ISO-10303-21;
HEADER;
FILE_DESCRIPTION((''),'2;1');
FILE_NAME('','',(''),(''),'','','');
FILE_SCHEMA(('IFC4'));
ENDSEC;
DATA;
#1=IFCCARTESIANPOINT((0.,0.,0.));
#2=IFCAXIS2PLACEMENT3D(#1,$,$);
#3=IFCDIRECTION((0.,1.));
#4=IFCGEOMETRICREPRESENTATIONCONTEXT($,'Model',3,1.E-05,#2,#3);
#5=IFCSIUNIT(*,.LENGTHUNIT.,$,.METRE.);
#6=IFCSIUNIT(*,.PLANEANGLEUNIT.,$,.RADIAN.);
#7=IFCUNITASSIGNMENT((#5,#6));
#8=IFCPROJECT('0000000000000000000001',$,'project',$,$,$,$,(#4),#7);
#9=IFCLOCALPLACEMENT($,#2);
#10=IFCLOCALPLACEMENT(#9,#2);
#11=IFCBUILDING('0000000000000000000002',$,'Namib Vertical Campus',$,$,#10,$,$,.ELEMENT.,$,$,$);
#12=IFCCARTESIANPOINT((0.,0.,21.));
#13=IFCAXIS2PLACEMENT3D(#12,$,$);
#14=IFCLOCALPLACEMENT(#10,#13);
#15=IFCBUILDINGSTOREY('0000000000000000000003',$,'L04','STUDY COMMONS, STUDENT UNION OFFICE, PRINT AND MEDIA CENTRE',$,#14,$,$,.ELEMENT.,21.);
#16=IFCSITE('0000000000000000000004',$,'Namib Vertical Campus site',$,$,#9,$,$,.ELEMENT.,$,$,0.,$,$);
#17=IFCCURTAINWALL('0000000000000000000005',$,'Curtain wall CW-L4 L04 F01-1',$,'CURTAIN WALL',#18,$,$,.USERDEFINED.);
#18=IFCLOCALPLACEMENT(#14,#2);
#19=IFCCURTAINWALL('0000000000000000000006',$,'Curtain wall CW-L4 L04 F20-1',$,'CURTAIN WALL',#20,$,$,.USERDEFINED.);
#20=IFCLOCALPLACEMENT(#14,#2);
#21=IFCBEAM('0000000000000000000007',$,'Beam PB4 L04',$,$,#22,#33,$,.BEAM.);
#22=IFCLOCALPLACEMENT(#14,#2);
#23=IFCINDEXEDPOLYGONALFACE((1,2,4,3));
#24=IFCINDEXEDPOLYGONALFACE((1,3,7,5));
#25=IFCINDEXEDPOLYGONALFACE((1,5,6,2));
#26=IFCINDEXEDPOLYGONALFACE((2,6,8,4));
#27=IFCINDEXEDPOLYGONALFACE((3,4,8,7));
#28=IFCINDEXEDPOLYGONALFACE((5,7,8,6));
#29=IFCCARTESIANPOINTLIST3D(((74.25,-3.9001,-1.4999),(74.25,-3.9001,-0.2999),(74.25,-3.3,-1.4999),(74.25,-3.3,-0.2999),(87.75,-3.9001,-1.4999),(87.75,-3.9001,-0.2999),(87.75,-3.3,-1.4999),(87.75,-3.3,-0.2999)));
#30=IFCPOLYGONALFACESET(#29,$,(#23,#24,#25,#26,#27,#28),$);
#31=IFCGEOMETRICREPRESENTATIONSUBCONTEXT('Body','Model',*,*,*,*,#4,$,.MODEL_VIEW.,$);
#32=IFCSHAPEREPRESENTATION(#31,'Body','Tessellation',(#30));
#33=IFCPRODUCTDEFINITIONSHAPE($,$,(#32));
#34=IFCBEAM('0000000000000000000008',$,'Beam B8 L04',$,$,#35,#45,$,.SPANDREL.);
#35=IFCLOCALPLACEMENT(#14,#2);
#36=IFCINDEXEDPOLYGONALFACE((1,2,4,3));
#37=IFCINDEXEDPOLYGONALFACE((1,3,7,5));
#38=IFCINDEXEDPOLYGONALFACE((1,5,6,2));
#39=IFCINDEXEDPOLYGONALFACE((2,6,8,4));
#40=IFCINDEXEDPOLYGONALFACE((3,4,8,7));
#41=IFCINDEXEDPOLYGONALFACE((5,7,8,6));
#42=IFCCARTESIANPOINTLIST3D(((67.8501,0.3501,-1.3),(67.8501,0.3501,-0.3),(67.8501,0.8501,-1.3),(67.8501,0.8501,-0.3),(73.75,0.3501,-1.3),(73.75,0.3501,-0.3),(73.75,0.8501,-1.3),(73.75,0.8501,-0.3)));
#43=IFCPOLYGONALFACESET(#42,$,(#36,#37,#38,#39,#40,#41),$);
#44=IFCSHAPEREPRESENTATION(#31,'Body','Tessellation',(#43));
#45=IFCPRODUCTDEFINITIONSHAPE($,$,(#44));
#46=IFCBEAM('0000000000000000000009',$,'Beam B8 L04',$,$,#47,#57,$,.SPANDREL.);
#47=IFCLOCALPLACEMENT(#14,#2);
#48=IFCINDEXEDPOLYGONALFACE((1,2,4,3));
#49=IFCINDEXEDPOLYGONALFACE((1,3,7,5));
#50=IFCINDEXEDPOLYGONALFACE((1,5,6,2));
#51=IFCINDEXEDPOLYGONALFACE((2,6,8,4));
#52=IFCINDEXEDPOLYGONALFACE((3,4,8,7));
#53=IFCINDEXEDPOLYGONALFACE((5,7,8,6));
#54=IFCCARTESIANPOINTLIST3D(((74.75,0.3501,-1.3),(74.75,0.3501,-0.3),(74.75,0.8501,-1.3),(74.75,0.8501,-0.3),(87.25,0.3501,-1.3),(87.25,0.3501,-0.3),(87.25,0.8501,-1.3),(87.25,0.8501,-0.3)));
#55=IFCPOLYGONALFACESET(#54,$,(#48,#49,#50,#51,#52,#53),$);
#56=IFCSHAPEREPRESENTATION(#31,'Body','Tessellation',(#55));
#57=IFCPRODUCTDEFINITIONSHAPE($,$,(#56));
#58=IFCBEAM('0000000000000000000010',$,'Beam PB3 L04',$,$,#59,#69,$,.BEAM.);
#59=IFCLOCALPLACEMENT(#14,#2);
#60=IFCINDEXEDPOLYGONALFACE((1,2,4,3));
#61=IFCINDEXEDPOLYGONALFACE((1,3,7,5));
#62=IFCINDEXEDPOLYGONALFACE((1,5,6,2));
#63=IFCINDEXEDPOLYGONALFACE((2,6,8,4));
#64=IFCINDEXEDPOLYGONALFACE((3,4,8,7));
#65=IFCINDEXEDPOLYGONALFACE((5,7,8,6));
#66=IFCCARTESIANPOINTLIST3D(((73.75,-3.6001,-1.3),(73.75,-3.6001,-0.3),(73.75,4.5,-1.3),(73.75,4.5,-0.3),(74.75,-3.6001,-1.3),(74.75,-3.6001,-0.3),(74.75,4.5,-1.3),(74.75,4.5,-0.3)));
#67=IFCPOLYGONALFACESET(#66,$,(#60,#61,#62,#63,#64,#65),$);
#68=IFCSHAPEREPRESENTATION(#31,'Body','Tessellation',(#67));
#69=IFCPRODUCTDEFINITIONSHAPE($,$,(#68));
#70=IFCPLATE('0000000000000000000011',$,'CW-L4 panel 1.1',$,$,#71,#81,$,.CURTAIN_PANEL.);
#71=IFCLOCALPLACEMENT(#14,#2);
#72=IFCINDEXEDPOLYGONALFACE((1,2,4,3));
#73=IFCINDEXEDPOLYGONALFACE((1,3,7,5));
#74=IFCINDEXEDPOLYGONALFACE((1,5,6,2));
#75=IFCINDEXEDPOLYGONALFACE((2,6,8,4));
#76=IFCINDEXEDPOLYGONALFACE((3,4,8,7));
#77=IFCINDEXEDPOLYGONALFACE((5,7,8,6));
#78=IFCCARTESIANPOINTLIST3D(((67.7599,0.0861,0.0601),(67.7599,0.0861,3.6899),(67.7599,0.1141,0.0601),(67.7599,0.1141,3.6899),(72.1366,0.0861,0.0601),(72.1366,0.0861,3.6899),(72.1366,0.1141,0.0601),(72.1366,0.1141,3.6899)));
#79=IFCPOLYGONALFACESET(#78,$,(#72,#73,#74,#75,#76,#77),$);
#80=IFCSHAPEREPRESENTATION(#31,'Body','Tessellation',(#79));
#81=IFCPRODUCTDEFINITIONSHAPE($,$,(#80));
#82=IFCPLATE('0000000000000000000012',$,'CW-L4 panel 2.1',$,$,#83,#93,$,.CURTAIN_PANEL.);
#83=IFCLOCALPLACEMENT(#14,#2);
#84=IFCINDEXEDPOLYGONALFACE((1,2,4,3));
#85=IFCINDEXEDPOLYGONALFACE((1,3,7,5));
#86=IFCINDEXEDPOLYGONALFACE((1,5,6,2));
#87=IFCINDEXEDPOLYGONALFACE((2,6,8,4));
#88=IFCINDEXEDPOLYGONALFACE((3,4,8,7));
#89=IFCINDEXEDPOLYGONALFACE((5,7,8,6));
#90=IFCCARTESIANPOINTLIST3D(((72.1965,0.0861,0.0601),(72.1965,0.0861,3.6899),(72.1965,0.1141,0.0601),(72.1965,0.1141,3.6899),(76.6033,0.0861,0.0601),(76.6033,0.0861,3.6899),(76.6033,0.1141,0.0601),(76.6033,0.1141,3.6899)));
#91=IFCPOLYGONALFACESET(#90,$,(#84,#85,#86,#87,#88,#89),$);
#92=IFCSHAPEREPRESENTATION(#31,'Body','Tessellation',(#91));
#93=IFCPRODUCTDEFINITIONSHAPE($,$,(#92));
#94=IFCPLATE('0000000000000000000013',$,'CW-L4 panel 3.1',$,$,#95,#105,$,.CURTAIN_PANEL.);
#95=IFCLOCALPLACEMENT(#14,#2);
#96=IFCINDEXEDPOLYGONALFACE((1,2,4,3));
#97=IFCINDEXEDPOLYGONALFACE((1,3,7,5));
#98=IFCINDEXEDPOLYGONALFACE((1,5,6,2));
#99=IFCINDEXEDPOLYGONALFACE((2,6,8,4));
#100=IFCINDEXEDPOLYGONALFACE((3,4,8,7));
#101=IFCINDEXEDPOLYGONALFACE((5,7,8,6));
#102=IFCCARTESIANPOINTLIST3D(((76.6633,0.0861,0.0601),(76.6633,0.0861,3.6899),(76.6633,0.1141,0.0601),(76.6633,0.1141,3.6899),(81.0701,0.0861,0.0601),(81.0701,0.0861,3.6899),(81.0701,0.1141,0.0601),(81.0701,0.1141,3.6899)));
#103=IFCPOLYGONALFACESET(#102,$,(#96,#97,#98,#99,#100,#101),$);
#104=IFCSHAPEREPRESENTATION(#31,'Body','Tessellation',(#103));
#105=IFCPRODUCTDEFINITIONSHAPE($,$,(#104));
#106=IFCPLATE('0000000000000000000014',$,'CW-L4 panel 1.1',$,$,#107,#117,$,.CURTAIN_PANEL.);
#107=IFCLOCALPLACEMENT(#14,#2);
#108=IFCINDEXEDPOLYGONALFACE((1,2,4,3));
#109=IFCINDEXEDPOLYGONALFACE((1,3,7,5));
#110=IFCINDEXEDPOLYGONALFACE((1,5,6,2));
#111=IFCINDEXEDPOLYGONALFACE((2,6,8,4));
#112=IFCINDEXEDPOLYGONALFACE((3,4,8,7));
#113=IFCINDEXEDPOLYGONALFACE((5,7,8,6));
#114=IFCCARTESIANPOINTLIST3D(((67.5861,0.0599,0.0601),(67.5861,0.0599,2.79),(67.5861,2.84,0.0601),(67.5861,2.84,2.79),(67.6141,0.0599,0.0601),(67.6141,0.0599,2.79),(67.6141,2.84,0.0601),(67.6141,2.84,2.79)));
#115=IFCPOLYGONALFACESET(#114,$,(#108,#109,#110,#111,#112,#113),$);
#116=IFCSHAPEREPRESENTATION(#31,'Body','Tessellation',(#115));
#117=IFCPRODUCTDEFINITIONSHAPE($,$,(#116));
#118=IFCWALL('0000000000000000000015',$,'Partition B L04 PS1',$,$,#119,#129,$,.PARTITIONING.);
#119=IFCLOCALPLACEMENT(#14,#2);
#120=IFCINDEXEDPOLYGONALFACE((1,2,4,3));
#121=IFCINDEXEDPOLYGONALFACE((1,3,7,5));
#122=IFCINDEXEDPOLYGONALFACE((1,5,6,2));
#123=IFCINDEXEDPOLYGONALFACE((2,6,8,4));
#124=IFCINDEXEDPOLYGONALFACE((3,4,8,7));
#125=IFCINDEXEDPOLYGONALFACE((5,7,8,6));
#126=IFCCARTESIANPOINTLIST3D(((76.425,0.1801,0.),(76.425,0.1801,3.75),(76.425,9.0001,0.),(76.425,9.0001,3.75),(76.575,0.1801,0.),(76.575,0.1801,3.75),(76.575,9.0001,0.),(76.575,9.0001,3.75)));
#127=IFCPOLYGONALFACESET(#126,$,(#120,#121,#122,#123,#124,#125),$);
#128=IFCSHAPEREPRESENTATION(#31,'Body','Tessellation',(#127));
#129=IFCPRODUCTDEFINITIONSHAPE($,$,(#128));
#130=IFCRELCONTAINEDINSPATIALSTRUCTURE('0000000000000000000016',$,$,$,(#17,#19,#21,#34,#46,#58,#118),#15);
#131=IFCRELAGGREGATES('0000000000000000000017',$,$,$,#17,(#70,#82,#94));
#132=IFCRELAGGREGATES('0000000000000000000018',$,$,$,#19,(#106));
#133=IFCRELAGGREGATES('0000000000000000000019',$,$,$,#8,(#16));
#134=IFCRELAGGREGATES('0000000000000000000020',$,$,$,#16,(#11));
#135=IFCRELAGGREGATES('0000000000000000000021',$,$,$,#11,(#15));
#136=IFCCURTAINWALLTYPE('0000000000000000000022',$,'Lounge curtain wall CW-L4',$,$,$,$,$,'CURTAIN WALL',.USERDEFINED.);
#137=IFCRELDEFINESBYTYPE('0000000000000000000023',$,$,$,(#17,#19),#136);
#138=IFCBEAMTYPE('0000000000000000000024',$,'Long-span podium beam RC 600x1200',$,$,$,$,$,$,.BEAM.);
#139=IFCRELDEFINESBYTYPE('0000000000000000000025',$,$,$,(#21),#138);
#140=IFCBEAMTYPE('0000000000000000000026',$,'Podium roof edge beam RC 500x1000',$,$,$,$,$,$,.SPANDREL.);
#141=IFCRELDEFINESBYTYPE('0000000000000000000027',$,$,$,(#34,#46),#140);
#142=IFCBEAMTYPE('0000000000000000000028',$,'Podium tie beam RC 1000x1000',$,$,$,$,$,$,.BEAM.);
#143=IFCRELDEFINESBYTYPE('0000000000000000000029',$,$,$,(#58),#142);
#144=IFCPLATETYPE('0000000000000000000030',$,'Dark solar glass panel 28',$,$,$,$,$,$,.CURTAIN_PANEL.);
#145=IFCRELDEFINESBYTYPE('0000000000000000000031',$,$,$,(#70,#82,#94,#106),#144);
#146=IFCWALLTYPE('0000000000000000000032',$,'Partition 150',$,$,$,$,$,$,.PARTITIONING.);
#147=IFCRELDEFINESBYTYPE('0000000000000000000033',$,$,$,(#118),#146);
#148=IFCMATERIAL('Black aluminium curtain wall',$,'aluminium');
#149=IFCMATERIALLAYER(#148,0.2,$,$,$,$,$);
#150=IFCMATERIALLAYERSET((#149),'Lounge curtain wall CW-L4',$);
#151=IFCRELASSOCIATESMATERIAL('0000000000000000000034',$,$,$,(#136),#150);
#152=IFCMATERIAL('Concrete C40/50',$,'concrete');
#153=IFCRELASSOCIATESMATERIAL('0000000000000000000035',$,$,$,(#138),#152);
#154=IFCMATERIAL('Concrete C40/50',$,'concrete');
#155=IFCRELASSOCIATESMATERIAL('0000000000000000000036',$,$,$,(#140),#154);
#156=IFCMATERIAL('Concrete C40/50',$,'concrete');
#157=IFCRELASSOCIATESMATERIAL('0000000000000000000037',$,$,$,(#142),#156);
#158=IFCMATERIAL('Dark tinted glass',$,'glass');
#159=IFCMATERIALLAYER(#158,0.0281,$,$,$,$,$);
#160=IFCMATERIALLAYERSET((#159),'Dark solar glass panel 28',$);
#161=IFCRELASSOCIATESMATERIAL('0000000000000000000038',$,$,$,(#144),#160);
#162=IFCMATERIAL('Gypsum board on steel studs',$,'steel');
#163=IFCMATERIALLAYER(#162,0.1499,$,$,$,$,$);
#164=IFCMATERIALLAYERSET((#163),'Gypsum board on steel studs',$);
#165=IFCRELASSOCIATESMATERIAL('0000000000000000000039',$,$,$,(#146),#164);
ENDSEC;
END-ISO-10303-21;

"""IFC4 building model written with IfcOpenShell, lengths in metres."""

from ifc_helpers import new_model, si_unit, direction, frame, frame_2d, origin, origin_2d, place, context, subcontext, project, spatial, rectangle, extrude, material, layer, layer_set, material_profile, profile_set, type_object, element, aggregate, save


model = new_model("IFC4")

# Units and contexts
model_context = context("Model", 3, precision=1e-05, world=origin(), true_north=direction((0.0, 1.0)))
body_context = subcontext(model_context, "Body", "Model", "MODEL_VIEW")
ifc_project = project(units=[si_unit("LENGTHUNIT", "METRE"), si_unit("PLANEANGLEUNIT", "RADIAN")], contexts=[model_context])

# Site, building, storey
site_placement = place(None, origin())
site = spatial("IfcSite", under=ifc_project, at=site_placement, Name="Namib Vertical Campus site", CompositionType="ELEMENT", RefElevation=0.0)
building_placement = place(site_placement, origin())
building = spatial("IfcBuilding", under=site, at=building_placement, Name="Namib Vertical Campus", CompositionType="ELEMENT")
storey_placement = place(building_placement, frame((0.0, 0.0, 21.0)))
storey = spatial("IfcBuildingStorey", under=building, at=storey_placement, Name="L04", Description="STUDY COMMONS, STUDENT UNION OFFICE, PRINT AND MEDIA CENTRE", CompositionType="ELEMENT", Elevation=21.0)

# Curtain wall
ifc_material_1 = material(Name="Black aluminium curtain wall", Category="aluminium")
ifc_layer_1 = layer(ifc_material_1, 0.2)
ifc_layer_set_1 = layer_set([ifc_layer_1], Name="Lounge curtain wall CW-L4")
curtain_wall_type = type_object("IfcCurtainWallType", Name="Lounge curtain wall CW-L4", ElementType="CURTAIN WALL", PredefinedType="USERDEFINED", material=ifc_layer_set_1)
curtain_wall_1_placement = place(storey_placement, origin())
curtain_wall_1 = element("IfcCurtainWall", 1, at=curtain_wall_1_placement, inside=storey, type_object=curtain_wall_type, Name="Curtain wall CW-L4 L04 F01-1", ObjectType="CURTAIN WALL", PredefinedType="USERDEFINED")

# Curtain wall
curtain_wall_2_placement = place(storey_placement, origin())
curtain_wall_2 = element("IfcCurtainWall", 2, at=curtain_wall_2_placement, inside=storey, type_object=curtain_wall_type, Name="Curtain wall CW-L4 L04 F20-1", ObjectType="CURTAIN WALL", PredefinedType="USERDEFINED")

# Beams
ifc_material_2 = material(Name="Concrete C40/50", Category="concrete")
ifc_material_profile_1 = material_profile(ifc_material_2, rectangle(XDim=0.6001, YDim=1.2, at=origin_2d()))
ifc_profile_set_1 = profile_set([ifc_material_profile_1], Name="Concrete C40/50")
beam_type_1 = type_object("IfcBeamType", Name="Long-span podium beam RC 600x1200", PredefinedType="BEAM", material=ifc_profile_set_1)
beam_1_placement = place(storey_placement, frame((74.25, -3.6001, -0.8999), z_axis=(1.0, 0.0, 0.0), x_axis=(0.0, 1.0, 0.0)))
element("IfcBeam", 3, at=beam_1_placement, inside=storey, type_object=beam_type_1, Name="Beam PB4 L04", PredefinedType="BEAM", context=body_context, shape_type="SweptSolid", body=[
    extrude(rectangle(XDim=0.6001, YDim=1.2, at=origin_2d()), origin(), (0.0, 0.0, 1.0), 13.5),
])
ifc_material_3 = material(Name="Concrete C40/50", Category="concrete")
ifc_material_profile_2 = material_profile(ifc_material_3, rectangle(XDim=0.5, YDim=1.0, at=origin_2d()))
ifc_profile_set_2 = profile_set([ifc_material_profile_2], Name="Concrete C40/50")
beam_type_2 = type_object("IfcBeamType", Name="Podium roof edge beam RC 500x1000", PredefinedType="SPANDREL", material=ifc_profile_set_2)
beam_2_placement = place(storey_placement, frame((67.8501, 0.6001, -0.8), z_axis=(1.0, 0.0, 0.0), x_axis=(0.0, 1.0, 0.0)))
element("IfcBeam", 4, at=beam_2_placement, inside=storey, type_object=beam_type_2, Name="Beam B8 L04", PredefinedType="SPANDREL", context=body_context, shape_type="SweptSolid", body=[
    extrude(rectangle(XDim=0.5, YDim=1.0, at=origin_2d()), origin(), (0.0, 0.0, 1.0), 5.8999),
])
beam_3_placement = place(storey_placement, frame((74.75, 0.6001, -0.8), z_axis=(1.0, 0.0, 0.0), x_axis=(0.0, 1.0, 0.0)))
element("IfcBeam", 5, at=beam_3_placement, inside=storey, type_object=beam_type_2, Name="Beam B8 L04", PredefinedType="SPANDREL", context=body_context, shape_type="SweptSolid", body=[
    extrude(rectangle(XDim=0.5, YDim=1.0, at=origin_2d()), origin(), (0.0, 0.0, 1.0), 12.5),
])
ifc_material_4 = material(Name="Concrete C40/50", Category="concrete")
ifc_material_profile_3 = material_profile(ifc_material_4, rectangle(XDim=1.0, YDim=1.0, at=origin_2d()))
ifc_profile_set_3 = profile_set([ifc_material_profile_3], Name="Concrete C40/50")
beam_type_3 = type_object("IfcBeamType", Name="Podium tie beam RC 1000x1000", PredefinedType="BEAM", material=ifc_profile_set_3)
beam_4_placement = place(storey_placement, frame((74.25, -3.6001, -0.8), z_axis=(0.0, 1.0, 0.0), x_axis=(-1.0, 0.0, 0.0)))
element("IfcBeam", 6, at=beam_4_placement, inside=storey, type_object=beam_type_3, Name="Beam PB3 L04", PredefinedType="BEAM", context=body_context, shape_type="SweptSolid", body=[
    extrude(rectangle(XDim=1.0, YDim=1.0, at=origin_2d()), origin(), (0.0, 0.0, 1.0), 8.1001),
])

# Plates
ifc_material_5 = material(Name="Dark tinted glass", Category="glass")
ifc_layer_2 = layer(ifc_material_5, 0.0281)
ifc_layer_set_2 = layer_set([ifc_layer_2], Name="Dark solar glass panel 28")
plate_type = type_object("IfcPlateType", Name="Dark solar glass panel 28", PredefinedType="CURTAIN_PANEL", material=ifc_layer_set_2)
plate_1_placement = place(storey_placement, frame((69.9482, 0.1001, 0.0601), z_axis=(0.0, 0.0, 1.0), x_axis=(1.0, 0.0, 0.0)))
plate_1 = element("IfcPlate", 7, at=plate_1_placement, type_object=plate_type, Name="CW-L4 panel 1.1", PredefinedType="CURTAIN_PANEL", context=body_context, shape_type="SweptSolid", body=[
    extrude(rectangle(XDim=4.3767, YDim=0.0281, at=origin_2d()), origin(), (0.0, 0.0, 1.0), 3.6299),
])
plate_2_placement = place(storey_placement, frame((74.3999, 0.1001, 0.0601), z_axis=(0.0, 0.0, 1.0), x_axis=(1.0, 0.0, 0.0)))
plate_2 = element("IfcPlate", 8, at=plate_2_placement, type_object=plate_type, Name="CW-L4 panel 2.1", PredefinedType="CURTAIN_PANEL", context=body_context, shape_type="SweptSolid", body=[
    extrude(rectangle(XDim=4.4067, YDim=0.0281, at=origin_2d()), origin(), (0.0, 0.0, 1.0), 3.6299),
])
plate_3_placement = place(storey_placement, frame((78.8667, 0.1001, 0.0601), z_axis=(0.0, 0.0, 1.0), x_axis=(1.0, 0.0, 0.0)))
plate_3 = element("IfcPlate", 9, at=plate_3_placement, type_object=plate_type, Name="CW-L4 panel 3.1", PredefinedType="CURTAIN_PANEL", context=body_context, shape_type="SweptSolid", body=[
    extrude(rectangle(XDim=4.4067, YDim=0.0281, at=origin_2d()), origin(), (0.0, 0.0, 1.0), 3.6299),
])
aggregate(curtain_wall_1, [plate_1, plate_2, plate_3])
plate_4_placement = place(storey_placement, frame((67.6001, 1.45, 0.0601), z_axis=(0.0, 0.0, 1.0), x_axis=(0.0, -1.0, 0.0)))
plate_4 = element("IfcPlate", 10, at=plate_4_placement, type_object=plate_type, Name="CW-L4 panel 1.1", PredefinedType="CURTAIN_PANEL", context=body_context, shape_type="SweptSolid", body=[
    extrude(rectangle(XDim=2.78, YDim=0.0281, at=origin_2d()), origin(), (0.0, 0.0, 1.0), 2.73),
])
aggregate(curtain_wall_2, [plate_4])

# Wall
ifc_material_6 = material(Name="Gypsum board on steel studs", Category="steel")
ifc_layer_3 = layer(ifc_material_6, 0.1499)
ifc_layer_set_3 = layer_set([ifc_layer_3], Name="Gypsum board on steel studs")
wall_type = type_object("IfcWallType", Name="Partition 150", PredefinedType="PARTITIONING", material=ifc_layer_set_3)
wall_placement = place(storey_placement, frame((76.5, 0.1799, 0.0), z_axis=(0.0, 0.0, 1.0), x_axis=(0.0, 1.0, 0.0)))
element("IfcWall", 11, at=wall_placement, inside=storey, type_object=wall_type, Name="Partition B L04 PS1", PredefinedType="PARTITIONING", context=body_context, shape_type="SweptSolid", body=[
    extrude(rectangle(XDim=8.8201, YDim=0.1499, at=frame_2d((4.4102, 0.0))), origin(), (0.0, 0.0, 1.0), 3.75),
])

save(model, "model.ifc")
